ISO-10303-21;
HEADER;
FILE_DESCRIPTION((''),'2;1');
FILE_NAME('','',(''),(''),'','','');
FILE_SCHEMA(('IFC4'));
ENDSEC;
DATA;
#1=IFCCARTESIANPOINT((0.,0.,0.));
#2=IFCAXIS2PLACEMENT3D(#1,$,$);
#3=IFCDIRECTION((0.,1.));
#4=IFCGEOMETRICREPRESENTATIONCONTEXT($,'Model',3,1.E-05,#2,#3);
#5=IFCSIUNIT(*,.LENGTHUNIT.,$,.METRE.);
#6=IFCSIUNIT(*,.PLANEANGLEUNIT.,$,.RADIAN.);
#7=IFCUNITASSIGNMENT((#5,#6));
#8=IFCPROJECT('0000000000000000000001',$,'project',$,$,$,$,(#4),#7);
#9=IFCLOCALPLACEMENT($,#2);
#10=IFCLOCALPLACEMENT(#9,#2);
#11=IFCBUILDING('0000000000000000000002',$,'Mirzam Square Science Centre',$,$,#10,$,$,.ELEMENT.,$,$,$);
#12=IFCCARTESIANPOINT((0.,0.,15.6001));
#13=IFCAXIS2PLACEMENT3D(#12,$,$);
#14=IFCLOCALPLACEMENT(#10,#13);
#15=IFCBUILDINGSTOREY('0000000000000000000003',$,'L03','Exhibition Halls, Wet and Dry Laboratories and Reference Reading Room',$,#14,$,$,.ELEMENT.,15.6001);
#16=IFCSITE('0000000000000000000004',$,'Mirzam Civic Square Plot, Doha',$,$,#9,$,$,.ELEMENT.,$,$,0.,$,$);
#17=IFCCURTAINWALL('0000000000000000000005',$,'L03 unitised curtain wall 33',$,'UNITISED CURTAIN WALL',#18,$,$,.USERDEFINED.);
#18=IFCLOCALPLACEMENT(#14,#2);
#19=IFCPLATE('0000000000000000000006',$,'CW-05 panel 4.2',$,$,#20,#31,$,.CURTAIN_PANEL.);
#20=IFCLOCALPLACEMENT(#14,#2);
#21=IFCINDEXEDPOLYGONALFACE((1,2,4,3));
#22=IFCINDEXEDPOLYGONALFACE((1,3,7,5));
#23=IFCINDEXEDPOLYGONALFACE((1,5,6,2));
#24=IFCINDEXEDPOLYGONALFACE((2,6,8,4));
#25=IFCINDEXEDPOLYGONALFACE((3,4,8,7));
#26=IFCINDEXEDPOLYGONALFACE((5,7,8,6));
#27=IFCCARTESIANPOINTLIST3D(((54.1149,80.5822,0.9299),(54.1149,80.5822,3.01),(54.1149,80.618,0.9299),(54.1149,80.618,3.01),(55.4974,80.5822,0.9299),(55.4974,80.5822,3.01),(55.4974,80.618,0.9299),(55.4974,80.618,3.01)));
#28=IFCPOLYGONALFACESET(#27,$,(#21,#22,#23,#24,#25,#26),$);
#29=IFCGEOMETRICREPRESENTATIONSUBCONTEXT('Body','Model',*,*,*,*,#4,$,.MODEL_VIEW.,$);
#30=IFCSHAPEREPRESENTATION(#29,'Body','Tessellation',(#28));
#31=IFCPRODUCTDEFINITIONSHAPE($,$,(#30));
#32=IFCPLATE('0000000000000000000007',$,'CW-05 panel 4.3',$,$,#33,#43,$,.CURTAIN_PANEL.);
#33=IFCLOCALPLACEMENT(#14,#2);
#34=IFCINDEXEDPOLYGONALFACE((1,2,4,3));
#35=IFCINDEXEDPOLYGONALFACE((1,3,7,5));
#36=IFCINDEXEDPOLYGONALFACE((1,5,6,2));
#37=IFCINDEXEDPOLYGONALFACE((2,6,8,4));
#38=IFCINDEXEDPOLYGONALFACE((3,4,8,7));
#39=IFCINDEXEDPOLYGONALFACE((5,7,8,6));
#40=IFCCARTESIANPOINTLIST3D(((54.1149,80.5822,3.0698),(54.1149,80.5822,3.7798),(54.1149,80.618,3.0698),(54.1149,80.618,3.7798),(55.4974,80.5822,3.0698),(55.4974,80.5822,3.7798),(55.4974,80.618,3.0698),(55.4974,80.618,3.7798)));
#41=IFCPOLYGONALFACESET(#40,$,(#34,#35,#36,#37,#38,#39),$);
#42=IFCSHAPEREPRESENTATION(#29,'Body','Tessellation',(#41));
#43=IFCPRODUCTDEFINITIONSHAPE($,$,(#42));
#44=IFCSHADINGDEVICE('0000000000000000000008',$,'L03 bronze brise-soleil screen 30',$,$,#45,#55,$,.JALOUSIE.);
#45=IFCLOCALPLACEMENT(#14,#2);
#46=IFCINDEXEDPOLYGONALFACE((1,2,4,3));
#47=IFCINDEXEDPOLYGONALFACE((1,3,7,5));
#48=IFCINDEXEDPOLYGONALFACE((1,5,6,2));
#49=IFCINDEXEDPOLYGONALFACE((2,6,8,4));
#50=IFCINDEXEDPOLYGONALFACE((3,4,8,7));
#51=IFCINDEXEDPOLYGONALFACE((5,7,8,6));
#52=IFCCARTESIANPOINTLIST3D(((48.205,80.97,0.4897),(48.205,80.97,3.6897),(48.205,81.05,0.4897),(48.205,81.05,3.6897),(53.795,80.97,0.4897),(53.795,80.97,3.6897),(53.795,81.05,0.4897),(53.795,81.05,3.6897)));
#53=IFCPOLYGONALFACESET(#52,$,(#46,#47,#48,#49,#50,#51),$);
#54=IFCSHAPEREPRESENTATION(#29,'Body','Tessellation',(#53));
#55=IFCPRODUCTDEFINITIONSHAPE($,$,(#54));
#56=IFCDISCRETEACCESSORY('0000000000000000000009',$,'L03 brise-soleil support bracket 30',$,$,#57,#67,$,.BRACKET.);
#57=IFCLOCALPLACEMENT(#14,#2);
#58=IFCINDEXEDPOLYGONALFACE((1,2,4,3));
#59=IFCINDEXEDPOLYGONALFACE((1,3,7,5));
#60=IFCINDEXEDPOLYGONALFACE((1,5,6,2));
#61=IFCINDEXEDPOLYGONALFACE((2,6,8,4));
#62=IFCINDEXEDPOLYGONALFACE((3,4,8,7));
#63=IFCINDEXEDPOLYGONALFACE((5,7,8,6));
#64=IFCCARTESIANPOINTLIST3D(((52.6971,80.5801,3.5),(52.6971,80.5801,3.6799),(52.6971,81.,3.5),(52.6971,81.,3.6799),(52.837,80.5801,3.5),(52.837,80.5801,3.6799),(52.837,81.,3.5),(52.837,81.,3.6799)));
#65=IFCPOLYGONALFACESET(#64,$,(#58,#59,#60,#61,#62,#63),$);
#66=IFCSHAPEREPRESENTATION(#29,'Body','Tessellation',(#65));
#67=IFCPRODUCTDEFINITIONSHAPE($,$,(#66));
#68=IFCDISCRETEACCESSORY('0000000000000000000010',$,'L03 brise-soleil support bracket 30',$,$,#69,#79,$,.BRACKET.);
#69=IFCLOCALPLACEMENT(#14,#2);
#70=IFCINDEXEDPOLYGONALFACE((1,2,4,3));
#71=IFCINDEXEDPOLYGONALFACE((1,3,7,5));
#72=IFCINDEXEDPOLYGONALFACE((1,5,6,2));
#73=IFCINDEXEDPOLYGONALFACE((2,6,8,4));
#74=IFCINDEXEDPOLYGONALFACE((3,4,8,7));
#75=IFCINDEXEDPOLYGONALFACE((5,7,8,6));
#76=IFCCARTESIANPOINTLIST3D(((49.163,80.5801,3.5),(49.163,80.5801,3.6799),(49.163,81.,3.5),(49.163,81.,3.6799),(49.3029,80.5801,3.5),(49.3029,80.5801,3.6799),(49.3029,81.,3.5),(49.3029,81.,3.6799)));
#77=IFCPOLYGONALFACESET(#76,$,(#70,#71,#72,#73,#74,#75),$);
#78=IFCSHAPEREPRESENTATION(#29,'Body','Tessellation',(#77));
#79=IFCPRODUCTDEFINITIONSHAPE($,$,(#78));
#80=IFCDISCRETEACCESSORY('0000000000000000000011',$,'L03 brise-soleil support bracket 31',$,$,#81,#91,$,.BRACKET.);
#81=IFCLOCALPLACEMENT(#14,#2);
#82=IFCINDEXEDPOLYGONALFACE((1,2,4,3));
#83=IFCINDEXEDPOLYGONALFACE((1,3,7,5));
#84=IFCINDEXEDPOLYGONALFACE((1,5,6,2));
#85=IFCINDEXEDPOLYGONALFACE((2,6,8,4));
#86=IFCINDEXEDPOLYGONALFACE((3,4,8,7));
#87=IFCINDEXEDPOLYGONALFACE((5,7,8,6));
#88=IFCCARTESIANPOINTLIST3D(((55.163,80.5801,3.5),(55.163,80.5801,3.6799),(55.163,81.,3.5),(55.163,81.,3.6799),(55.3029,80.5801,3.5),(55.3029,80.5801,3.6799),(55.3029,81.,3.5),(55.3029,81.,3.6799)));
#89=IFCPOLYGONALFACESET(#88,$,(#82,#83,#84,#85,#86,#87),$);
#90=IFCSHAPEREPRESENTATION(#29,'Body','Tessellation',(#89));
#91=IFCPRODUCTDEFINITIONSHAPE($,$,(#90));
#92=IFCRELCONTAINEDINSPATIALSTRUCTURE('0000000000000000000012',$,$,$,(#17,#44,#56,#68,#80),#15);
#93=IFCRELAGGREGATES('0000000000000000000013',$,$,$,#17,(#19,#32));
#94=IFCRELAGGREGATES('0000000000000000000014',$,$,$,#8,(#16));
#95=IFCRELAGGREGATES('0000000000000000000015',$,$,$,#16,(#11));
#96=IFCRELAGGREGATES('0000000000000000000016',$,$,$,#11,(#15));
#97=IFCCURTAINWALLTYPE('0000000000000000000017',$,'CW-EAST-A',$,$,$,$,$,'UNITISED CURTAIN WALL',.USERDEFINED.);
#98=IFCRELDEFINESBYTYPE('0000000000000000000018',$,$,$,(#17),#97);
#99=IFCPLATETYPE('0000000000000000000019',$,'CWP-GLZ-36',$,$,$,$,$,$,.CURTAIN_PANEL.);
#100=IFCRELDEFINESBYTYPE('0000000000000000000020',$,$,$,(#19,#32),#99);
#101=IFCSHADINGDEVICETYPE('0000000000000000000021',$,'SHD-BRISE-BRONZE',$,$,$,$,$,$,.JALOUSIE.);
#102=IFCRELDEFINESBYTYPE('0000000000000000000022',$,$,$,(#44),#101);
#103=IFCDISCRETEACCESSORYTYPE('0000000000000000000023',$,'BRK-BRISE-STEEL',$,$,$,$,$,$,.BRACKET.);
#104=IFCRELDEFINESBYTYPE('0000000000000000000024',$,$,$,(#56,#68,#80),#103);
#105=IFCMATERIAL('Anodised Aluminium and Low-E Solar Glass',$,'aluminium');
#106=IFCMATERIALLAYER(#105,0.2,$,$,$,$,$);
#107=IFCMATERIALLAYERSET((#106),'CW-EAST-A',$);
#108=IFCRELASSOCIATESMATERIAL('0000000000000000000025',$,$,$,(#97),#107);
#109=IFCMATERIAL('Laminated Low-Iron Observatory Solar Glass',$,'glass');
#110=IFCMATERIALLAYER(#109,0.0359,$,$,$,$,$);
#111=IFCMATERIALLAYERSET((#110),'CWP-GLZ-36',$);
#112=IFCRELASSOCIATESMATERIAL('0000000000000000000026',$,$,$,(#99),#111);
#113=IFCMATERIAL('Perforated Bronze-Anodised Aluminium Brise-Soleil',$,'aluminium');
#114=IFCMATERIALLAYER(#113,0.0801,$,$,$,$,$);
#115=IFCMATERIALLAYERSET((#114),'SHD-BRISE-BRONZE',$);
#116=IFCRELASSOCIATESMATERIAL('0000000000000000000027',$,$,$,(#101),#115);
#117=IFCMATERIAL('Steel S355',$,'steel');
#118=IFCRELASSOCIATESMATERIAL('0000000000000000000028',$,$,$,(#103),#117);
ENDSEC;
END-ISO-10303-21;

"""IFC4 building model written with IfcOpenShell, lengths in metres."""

from ifc_helpers import new_model, si_unit, direction, frame, origin, origin_2d, place, context, subcontext, project, spatial, rectangle, extrude, material, layer, layer_set, type_object, element, aggregate, save


model = new_model("IFC4")

# Units and contexts
model_context = context("Model", 3, precision=1e-05, world=origin(), true_north=direction((0.0, 1.0)))
body_context = subcontext(model_context, "Body", "Model", "MODEL_VIEW")
ifc_project = project(units=[si_unit("LENGTHUNIT", "METRE"), si_unit("PLANEANGLEUNIT", "RADIAN")], contexts=[model_context])

# Site, building, storey
site_placement = place(None, origin())
site = spatial("IfcSite", under=ifc_project, at=site_placement, Name="Mirzam Civic Square Plot, Doha", CompositionType="ELEMENT", RefElevation=0.0)
building_placement = place(site_placement, origin())
building = spatial("IfcBuilding", under=site, at=building_placement, Name="Mirzam Square Science Centre", CompositionType="ELEMENT")
storey_placement = place(building_placement, frame((0.0, 0.0, 15.6001)))
storey = spatial("IfcBuildingStorey", under=building, at=storey_placement, Name="L03", Description="Exhibition Halls, Wet and Dry Laboratories and Reference Reading Room", CompositionType="ELEMENT", Elevation=15.6001)

# Shared definitions
ifc_material_1 = material(Name="Steel S355", Category="steel")

# Curtain wall
ifc_material_2 = material(Name="Anodised Aluminium and Low-E Solar Glass", Category="aluminium")
ifc_layer_1 = layer(ifc_material_2, 0.2)
ifc_layer_set_1 = layer_set([ifc_layer_1], Name="CW-EAST-A")
curtain_wall_type_1 = type_object("IfcCurtainWallType", Name="CW-EAST-A", ElementType="UNITISED CURTAIN WALL", PredefinedType="USERDEFINED", material=ifc_layer_set_1)
curtain_wall_1_placement = place(storey_placement, origin())
curtain_wall_1 = element("IfcCurtainWall", 1, at=curtain_wall_1_placement, inside=storey, type_object=curtain_wall_type_1, Name="L03 unitised curtain wall 33", ObjectType="UNITISED CURTAIN WALL", PredefinedType="USERDEFINED")

# Plates
ifc_material_3 = material(Name="Laminated Low-Iron Observatory Solar Glass", Category="glass")
ifc_layer_2 = layer(ifc_material_3, 0.0359)
ifc_layer_set_2 = layer_set([ifc_layer_2], Name="CWP-GLZ-36")
plate_type_1 = type_object("IfcPlateType", Name="CWP-GLZ-36", PredefinedType="CURTAIN_PANEL", material=ifc_layer_set_2)
plate_1_placement = place(storey_placement, frame((54.8062, 80.6001, 0.9299), z_axis=(0.0, 0.0, 1.0), x_axis=(-1.0, 0.0, 0.0)))
plate_1 = element("IfcPlate", 2, at=plate_1_placement, type_object=plate_type_1, Name="CW-05 panel 4.2", PredefinedType="CURTAIN_PANEL", context=body_context, shape_type="SweptSolid", body=[
    extrude(rectangle(XDim=1.3826, YDim=0.0359, at=origin_2d()), origin(), (0.0, 0.0, 1.0), 2.0801),
])
plate_2_placement = place(storey_placement, frame((54.8062, 80.6001, 3.0698), z_axis=(0.0, 0.0, 1.0), x_axis=(-1.0, 0.0, 0.0)))
plate_2 = element("IfcPlate", 3, at=plate_2_placement, type_object=plate_type_1, Name="CW-05 panel 4.3", PredefinedType="CURTAIN_PANEL", context=body_context, shape_type="SweptSolid", body=[
    extrude(rectangle(XDim=1.3826, YDim=0.0359, at=origin_2d()), origin(), (0.0, 0.0, 1.0), 0.71),
])
aggregate(curtain_wall_1, [plate_1, plate_2])

# Shading device
ifc_material_4 = material(Name="Perforated Bronze-Anodised Aluminium Brise-Soleil", Category="aluminium")
ifc_layer_3 = layer(ifc_material_4, 0.0801)
ifc_layer_set_3 = layer_set([ifc_layer_3], Name="SHD-BRISE-BRONZE")
shading_device_type = type_object("IfcShadingDeviceType", Name="SHD-BRISE-BRONZE", PredefinedType="JALOUSIE", material=ifc_layer_set_3)
shading_device_placement = place(storey_placement, frame((51.0, 81.01, 0.4897), z_axis=(0.0, 0.0, 1.0), x_axis=(-1.0, 0.0, 0.0)))
element("IfcShadingDevice", 4, at=shading_device_placement, inside=storey, type_object=shading_device_type, Name="L03 bronze brise-soleil screen 30", PredefinedType="JALOUSIE", context=body_context, shape_type="SweptSolid", body=[
    extrude(rectangle(XDim=5.5901, YDim=0.0801, at=origin_2d()), origin(), (0.0, 0.0, 1.0), 3.2),
])

# Discrete accessories
discrete_accessory_type = type_object("IfcDiscreteAccessoryType", Name="BRK-BRISE-STEEL", PredefinedType="BRACKET", material=ifc_material_1)
for number, where, z_axis, x_axis, name in (
    (5, (52.7671, 80.79, 3.5), (0.0, 0.0, 1.0), (-1.0, 0.0, 0.0), "L03 brise-soleil support bracket 30"),
    (6, (49.2329, 80.79, 3.5), (0.0, 0.0, 1.0), (-1.0, 0.0, 0.0), "L03 brise-soleil support bracket 30"),
    (7, (55.2329, 80.79, 3.5), (0.0, 0.0, 1.0), (-1.0, 0.0, 0.0), "L03 brise-soleil support bracket 31"),
):
    element("IfcDiscreteAccessory", number, at=place(storey_placement, frame(where, z_axis=z_axis, x_axis=x_axis)), inside=storey, type_object=discrete_accessory_type, Name=name, PredefinedType="BRACKET", context=body_context, shape_type="SweptSolid", body=[
        extrude(rectangle(XDim=0.1399, YDim=0.4199, at=origin_2d()), origin(), (0.0, 0.0, 1.0), 0.1799),
    ])

save(model, "model.ifc")
